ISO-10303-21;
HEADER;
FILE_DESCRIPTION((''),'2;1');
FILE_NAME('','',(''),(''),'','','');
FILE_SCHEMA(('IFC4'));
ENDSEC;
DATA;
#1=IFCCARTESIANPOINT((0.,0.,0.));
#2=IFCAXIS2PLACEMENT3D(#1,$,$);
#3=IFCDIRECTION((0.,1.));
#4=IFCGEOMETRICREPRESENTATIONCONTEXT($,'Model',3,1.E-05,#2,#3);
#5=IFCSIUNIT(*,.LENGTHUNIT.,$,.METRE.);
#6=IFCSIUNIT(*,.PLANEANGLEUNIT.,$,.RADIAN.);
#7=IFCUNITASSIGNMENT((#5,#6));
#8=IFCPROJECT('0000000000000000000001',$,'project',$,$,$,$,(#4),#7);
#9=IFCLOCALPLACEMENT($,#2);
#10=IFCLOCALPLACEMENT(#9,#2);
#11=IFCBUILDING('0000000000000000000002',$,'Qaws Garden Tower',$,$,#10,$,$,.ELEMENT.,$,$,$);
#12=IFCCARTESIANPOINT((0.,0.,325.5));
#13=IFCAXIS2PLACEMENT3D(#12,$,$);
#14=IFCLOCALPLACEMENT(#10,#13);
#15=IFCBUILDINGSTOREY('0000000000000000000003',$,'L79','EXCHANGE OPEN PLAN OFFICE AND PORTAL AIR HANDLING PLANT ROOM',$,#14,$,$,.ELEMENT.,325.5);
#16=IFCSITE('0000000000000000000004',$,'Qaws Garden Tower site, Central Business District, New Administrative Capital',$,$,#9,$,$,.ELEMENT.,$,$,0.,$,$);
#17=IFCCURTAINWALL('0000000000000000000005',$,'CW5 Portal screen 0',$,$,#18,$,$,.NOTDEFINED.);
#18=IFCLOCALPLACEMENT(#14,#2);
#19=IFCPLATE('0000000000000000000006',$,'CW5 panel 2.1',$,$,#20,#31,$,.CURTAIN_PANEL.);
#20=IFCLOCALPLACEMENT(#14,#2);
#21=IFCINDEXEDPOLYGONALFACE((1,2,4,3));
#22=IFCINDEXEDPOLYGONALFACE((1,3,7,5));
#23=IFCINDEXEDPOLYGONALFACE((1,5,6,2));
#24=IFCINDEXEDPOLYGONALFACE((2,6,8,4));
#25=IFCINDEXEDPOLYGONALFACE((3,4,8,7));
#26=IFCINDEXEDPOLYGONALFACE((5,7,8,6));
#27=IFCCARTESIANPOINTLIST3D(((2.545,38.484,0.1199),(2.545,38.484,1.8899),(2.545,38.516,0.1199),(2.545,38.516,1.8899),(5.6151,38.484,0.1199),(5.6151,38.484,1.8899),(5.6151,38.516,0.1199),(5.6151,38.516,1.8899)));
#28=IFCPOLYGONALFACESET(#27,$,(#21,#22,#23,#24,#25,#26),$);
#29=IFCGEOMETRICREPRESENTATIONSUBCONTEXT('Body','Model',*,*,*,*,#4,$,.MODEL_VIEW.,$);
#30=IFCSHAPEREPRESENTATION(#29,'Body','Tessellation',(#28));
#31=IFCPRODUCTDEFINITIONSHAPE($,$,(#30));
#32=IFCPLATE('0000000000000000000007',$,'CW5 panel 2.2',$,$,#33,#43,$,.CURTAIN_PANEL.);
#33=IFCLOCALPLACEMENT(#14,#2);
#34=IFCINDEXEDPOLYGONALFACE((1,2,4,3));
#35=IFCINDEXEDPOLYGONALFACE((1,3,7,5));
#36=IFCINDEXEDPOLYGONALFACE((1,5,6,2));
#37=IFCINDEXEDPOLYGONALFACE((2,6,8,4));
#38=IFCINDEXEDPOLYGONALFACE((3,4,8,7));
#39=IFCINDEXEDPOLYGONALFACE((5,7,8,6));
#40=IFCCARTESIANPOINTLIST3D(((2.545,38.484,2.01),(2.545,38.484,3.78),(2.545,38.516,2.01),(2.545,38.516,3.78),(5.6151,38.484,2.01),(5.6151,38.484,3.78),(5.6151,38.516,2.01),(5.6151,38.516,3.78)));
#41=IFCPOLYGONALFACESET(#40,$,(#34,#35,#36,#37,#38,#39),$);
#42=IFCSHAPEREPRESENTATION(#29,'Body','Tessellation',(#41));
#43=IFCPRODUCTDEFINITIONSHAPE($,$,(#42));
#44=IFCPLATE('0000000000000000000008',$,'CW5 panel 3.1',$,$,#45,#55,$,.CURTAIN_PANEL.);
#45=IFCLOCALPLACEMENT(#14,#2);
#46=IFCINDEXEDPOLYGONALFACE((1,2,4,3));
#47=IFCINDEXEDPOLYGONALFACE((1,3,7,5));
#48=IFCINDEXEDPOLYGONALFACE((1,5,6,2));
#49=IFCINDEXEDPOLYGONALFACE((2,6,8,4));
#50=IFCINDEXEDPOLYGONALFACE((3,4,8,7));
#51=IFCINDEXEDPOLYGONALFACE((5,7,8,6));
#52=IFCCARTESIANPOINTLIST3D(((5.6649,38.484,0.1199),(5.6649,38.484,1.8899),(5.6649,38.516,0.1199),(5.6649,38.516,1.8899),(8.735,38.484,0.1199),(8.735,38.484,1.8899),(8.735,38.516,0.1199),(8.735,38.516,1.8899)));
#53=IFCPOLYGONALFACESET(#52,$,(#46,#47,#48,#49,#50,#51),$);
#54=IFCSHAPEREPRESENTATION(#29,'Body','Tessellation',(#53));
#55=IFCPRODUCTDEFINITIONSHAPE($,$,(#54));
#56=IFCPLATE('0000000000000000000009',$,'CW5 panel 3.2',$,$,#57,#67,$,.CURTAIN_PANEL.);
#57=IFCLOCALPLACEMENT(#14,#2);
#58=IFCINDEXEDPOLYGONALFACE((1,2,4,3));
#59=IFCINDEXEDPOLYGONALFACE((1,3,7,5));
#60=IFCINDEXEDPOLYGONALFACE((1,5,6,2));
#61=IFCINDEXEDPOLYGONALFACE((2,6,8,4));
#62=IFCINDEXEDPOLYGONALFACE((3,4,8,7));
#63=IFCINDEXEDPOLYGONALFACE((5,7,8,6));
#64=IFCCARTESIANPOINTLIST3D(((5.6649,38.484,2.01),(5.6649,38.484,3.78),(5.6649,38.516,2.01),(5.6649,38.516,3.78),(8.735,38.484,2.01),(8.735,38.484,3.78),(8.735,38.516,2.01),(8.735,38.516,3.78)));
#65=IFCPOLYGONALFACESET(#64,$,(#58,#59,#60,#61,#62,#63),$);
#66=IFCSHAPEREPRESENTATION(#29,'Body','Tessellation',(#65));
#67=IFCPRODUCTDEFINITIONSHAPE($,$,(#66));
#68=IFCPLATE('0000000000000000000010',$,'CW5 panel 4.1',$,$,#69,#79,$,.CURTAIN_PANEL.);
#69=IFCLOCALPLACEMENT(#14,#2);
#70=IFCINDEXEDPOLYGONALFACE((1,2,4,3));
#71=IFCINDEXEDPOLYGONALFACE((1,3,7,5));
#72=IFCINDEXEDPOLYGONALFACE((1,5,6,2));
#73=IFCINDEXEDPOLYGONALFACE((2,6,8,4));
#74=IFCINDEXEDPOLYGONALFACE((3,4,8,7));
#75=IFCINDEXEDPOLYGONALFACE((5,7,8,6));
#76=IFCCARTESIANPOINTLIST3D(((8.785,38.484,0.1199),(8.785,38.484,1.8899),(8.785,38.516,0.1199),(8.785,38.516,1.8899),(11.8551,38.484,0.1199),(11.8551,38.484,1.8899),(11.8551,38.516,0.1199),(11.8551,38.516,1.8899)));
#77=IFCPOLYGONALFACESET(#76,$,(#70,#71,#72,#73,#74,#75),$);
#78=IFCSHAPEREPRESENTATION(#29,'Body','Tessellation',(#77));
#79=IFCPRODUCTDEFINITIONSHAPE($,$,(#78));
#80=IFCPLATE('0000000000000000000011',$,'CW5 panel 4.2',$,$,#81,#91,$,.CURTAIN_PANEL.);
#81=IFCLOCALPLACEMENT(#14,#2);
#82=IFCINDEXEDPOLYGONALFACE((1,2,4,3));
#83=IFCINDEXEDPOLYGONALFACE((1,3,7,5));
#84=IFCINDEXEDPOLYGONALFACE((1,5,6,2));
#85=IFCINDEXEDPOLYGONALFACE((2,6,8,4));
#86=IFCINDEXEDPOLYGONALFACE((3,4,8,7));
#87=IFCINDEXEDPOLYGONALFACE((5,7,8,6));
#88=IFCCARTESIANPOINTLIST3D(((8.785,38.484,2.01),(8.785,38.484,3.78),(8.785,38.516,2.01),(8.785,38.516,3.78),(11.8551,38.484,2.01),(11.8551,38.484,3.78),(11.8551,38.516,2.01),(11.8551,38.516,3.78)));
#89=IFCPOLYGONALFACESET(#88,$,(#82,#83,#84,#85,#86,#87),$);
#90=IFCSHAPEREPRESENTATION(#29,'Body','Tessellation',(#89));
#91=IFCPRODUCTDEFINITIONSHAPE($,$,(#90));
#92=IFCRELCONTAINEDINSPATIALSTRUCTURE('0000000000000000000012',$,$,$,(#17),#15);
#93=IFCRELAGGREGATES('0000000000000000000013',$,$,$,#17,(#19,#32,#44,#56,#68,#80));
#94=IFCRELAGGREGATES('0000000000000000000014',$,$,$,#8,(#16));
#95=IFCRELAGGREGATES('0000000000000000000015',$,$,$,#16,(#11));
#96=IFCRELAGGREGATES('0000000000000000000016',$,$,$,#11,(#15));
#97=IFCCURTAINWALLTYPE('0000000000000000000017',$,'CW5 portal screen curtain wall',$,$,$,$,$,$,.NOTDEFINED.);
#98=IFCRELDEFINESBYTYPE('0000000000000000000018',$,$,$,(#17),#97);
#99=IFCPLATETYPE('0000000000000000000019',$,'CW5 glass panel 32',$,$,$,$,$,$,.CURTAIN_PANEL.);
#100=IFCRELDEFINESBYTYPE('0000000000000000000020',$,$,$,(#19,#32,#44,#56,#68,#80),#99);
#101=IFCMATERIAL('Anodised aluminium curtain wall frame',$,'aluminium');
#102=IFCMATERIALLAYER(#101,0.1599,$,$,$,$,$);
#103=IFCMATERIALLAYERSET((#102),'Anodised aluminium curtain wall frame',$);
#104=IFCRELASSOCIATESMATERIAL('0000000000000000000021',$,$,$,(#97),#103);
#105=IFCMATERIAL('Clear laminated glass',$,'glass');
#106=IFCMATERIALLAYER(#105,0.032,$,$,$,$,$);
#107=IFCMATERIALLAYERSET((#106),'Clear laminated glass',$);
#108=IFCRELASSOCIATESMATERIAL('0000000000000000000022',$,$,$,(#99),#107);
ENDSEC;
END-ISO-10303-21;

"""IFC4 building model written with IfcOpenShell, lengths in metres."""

from ifc_helpers import new_model, si_unit, direction, frame, origin, origin_2d, place, context, subcontext, project, spatial, rectangle, extrude, material, layer, layer_set, type_object, element, aggregate, save


model = new_model("IFC4")

# Units and contexts
model_context = context("Model", 3, precision=1e-05, world=origin(), true_north=direction((0.0, 1.0)))
body_context = subcontext(model_context, "Body", "Model", "MODEL_VIEW")
ifc_project = project(units=[si_unit("LENGTHUNIT", "METRE"), si_unit("PLANEANGLEUNIT", "RADIAN")], contexts=[model_context])

# Site, building, storey
site_placement = place(None, origin())
site = spatial("IfcSite", under=ifc_project, at=site_placement, Name="Qaws Garden Tower site, Central Business District, New Administrative Capital", CompositionType="ELEMENT", RefElevation=0.0)
building_placement = place(site_placement, origin())
building = spatial("IfcBuilding", under=site, at=building_placement, Name="Qaws Garden Tower", CompositionType="ELEMENT")
storey_placement = place(building_placement, frame((0.0, 0.0, 325.5)))
storey = spatial("IfcBuildingStorey", under=building, at=storey_placement, Name="L79", Description="EXCHANGE OPEN PLAN OFFICE AND PORTAL AIR HANDLING PLANT ROOM", CompositionType="ELEMENT", Elevation=325.5)

# Curtain wall, plates
ifc_material_1 = material(Name="Anodised aluminium curtain wall frame", Category="aluminium")
ifc_layer_1 = layer(ifc_material_1, 0.1599)
ifc_layer_set_1 = layer_set([ifc_layer_1], Name="Anodised aluminium curtain wall frame")
curtain_wall_type = type_object("IfcCurtainWallType", Name="CW5 portal screen curtain wall", PredefinedType="NOTDEFINED", material=ifc_layer_set_1)
curtain_wall_placement = place(storey_placement, origin())
curtain_wall = element("IfcCurtainWall", 1, at=curtain_wall_placement, inside=storey, type_object=curtain_wall_type, Name="CW5 Portal screen 0", PredefinedType="NOTDEFINED")
ifc_material_2 = material(Name="Clear laminated glass", Category="glass")
ifc_layer_2 = layer(ifc_material_2, 0.032)
ifc_layer_set_2 = layer_set([ifc_layer_2], Name="Clear laminated glass")
plate_type = type_object("IfcPlateType", Name="CW5 glass panel 32", PredefinedType="CURTAIN_PANEL", material=ifc_layer_set_2)
plate_1_placement = place(storey_placement, frame((4.0801, 38.5, 0.1199), z_axis=(0.0, 0.0, 1.0), x_axis=(1.0, 0.0, 0.0)))
plate_1 = element("IfcPlate", 2, at=plate_1_placement, type_object=plate_type, Name="CW5 panel 2.1", PredefinedType="CURTAIN_PANEL", context=body_context, shape_type="SweptSolid", body=[
    extrude(rectangle(XDim=3.0701, YDim=0.032, at=origin_2d()), origin(), (0.0, 0.0, 1.0), 1.77),
])
plate_2_placement = place(storey_placement, frame((4.0801, 38.5, 2.01), z_axis=(0.0, 0.0, 1.0), x_axis=(1.0, 0.0, 0.0)))
plate_2 = element("IfcPlate", 3, at=plate_2_placement, type_object=plate_type, Name="CW5 panel 2.2", PredefinedType="CURTAIN_PANEL", context=body_context, shape_type="SweptSolid", body=[
    extrude(rectangle(XDim=3.0701, YDim=0.032, at=origin_2d()), origin(), (0.0, 0.0, 1.0), 1.77),
])
plate_3_placement = place(storey_placement, frame((7.2, 38.5, 0.1199), z_axis=(0.0, 0.0, 1.0), x_axis=(1.0, 0.0, 0.0)))
plate_3 = element("IfcPlate", 4, at=plate_3_placement, type_object=plate_type, Name="CW5 panel 3.1", PredefinedType="CURTAIN_PANEL", context=body_context, shape_type="SweptSolid", body=[
    extrude(rectangle(XDim=3.0701, YDim=0.032, at=origin_2d()), origin(), (0.0, 0.0, 1.0), 1.77),
])
plate_4_placement = place(storey_placement, frame((7.2, 38.5, 2.01), z_axis=(0.0, 0.0, 1.0), x_axis=(1.0, 0.0, 0.0)))
plate_4 = element("IfcPlate", 5, at=plate_4_placement, type_object=plate_type, Name="CW5 panel 3.2", PredefinedType="CURTAIN_PANEL", context=body_context, shape_type="SweptSolid", body=[
    extrude(rectangle(XDim=3.0701, YDim=0.032, at=origin_2d()), origin(), (0.0, 0.0, 1.0), 1.77),
])
plate_5_placement = place(storey_placement, frame((10.3201, 38.5, 0.1199), z_axis=(0.0, 0.0, 1.0), x_axis=(1.0, 0.0, 0.0)))
plate_5 = element("IfcPlate", 6, at=plate_5_placement, type_object=plate_type, Name="CW5 panel 4.1", PredefinedType="CURTAIN_PANEL", context=body_context, shape_type="SweptSolid", body=[
    extrude(rectangle(XDim=3.0701, YDim=0.032, at=origin_2d()), origin(), (0.0, 0.0, 1.0), 1.77),
])
plate_6_placement = place(storey_placement, frame((10.3201, 38.5, 2.01), z_axis=(0.0, 0.0, 1.0), x_axis=(1.0, 0.0, 0.0)))
plate_6 = element("IfcPlate", 7, at=plate_6_placement, type_object=plate_type, Name="CW5 panel 4.2", PredefinedType="CURTAIN_PANEL", context=body_context, shape_type="SweptSolid", body=[
    extrude(rectangle(XDim=3.0701, YDim=0.032, at=origin_2d()), origin(), (0.0, 0.0, 1.0), 1.77),
])
aggregate(curtain_wall, [plate_1, plate_2, plate_3, plate_4, plate_5, plate_6])

save(model, "model.ifc")
